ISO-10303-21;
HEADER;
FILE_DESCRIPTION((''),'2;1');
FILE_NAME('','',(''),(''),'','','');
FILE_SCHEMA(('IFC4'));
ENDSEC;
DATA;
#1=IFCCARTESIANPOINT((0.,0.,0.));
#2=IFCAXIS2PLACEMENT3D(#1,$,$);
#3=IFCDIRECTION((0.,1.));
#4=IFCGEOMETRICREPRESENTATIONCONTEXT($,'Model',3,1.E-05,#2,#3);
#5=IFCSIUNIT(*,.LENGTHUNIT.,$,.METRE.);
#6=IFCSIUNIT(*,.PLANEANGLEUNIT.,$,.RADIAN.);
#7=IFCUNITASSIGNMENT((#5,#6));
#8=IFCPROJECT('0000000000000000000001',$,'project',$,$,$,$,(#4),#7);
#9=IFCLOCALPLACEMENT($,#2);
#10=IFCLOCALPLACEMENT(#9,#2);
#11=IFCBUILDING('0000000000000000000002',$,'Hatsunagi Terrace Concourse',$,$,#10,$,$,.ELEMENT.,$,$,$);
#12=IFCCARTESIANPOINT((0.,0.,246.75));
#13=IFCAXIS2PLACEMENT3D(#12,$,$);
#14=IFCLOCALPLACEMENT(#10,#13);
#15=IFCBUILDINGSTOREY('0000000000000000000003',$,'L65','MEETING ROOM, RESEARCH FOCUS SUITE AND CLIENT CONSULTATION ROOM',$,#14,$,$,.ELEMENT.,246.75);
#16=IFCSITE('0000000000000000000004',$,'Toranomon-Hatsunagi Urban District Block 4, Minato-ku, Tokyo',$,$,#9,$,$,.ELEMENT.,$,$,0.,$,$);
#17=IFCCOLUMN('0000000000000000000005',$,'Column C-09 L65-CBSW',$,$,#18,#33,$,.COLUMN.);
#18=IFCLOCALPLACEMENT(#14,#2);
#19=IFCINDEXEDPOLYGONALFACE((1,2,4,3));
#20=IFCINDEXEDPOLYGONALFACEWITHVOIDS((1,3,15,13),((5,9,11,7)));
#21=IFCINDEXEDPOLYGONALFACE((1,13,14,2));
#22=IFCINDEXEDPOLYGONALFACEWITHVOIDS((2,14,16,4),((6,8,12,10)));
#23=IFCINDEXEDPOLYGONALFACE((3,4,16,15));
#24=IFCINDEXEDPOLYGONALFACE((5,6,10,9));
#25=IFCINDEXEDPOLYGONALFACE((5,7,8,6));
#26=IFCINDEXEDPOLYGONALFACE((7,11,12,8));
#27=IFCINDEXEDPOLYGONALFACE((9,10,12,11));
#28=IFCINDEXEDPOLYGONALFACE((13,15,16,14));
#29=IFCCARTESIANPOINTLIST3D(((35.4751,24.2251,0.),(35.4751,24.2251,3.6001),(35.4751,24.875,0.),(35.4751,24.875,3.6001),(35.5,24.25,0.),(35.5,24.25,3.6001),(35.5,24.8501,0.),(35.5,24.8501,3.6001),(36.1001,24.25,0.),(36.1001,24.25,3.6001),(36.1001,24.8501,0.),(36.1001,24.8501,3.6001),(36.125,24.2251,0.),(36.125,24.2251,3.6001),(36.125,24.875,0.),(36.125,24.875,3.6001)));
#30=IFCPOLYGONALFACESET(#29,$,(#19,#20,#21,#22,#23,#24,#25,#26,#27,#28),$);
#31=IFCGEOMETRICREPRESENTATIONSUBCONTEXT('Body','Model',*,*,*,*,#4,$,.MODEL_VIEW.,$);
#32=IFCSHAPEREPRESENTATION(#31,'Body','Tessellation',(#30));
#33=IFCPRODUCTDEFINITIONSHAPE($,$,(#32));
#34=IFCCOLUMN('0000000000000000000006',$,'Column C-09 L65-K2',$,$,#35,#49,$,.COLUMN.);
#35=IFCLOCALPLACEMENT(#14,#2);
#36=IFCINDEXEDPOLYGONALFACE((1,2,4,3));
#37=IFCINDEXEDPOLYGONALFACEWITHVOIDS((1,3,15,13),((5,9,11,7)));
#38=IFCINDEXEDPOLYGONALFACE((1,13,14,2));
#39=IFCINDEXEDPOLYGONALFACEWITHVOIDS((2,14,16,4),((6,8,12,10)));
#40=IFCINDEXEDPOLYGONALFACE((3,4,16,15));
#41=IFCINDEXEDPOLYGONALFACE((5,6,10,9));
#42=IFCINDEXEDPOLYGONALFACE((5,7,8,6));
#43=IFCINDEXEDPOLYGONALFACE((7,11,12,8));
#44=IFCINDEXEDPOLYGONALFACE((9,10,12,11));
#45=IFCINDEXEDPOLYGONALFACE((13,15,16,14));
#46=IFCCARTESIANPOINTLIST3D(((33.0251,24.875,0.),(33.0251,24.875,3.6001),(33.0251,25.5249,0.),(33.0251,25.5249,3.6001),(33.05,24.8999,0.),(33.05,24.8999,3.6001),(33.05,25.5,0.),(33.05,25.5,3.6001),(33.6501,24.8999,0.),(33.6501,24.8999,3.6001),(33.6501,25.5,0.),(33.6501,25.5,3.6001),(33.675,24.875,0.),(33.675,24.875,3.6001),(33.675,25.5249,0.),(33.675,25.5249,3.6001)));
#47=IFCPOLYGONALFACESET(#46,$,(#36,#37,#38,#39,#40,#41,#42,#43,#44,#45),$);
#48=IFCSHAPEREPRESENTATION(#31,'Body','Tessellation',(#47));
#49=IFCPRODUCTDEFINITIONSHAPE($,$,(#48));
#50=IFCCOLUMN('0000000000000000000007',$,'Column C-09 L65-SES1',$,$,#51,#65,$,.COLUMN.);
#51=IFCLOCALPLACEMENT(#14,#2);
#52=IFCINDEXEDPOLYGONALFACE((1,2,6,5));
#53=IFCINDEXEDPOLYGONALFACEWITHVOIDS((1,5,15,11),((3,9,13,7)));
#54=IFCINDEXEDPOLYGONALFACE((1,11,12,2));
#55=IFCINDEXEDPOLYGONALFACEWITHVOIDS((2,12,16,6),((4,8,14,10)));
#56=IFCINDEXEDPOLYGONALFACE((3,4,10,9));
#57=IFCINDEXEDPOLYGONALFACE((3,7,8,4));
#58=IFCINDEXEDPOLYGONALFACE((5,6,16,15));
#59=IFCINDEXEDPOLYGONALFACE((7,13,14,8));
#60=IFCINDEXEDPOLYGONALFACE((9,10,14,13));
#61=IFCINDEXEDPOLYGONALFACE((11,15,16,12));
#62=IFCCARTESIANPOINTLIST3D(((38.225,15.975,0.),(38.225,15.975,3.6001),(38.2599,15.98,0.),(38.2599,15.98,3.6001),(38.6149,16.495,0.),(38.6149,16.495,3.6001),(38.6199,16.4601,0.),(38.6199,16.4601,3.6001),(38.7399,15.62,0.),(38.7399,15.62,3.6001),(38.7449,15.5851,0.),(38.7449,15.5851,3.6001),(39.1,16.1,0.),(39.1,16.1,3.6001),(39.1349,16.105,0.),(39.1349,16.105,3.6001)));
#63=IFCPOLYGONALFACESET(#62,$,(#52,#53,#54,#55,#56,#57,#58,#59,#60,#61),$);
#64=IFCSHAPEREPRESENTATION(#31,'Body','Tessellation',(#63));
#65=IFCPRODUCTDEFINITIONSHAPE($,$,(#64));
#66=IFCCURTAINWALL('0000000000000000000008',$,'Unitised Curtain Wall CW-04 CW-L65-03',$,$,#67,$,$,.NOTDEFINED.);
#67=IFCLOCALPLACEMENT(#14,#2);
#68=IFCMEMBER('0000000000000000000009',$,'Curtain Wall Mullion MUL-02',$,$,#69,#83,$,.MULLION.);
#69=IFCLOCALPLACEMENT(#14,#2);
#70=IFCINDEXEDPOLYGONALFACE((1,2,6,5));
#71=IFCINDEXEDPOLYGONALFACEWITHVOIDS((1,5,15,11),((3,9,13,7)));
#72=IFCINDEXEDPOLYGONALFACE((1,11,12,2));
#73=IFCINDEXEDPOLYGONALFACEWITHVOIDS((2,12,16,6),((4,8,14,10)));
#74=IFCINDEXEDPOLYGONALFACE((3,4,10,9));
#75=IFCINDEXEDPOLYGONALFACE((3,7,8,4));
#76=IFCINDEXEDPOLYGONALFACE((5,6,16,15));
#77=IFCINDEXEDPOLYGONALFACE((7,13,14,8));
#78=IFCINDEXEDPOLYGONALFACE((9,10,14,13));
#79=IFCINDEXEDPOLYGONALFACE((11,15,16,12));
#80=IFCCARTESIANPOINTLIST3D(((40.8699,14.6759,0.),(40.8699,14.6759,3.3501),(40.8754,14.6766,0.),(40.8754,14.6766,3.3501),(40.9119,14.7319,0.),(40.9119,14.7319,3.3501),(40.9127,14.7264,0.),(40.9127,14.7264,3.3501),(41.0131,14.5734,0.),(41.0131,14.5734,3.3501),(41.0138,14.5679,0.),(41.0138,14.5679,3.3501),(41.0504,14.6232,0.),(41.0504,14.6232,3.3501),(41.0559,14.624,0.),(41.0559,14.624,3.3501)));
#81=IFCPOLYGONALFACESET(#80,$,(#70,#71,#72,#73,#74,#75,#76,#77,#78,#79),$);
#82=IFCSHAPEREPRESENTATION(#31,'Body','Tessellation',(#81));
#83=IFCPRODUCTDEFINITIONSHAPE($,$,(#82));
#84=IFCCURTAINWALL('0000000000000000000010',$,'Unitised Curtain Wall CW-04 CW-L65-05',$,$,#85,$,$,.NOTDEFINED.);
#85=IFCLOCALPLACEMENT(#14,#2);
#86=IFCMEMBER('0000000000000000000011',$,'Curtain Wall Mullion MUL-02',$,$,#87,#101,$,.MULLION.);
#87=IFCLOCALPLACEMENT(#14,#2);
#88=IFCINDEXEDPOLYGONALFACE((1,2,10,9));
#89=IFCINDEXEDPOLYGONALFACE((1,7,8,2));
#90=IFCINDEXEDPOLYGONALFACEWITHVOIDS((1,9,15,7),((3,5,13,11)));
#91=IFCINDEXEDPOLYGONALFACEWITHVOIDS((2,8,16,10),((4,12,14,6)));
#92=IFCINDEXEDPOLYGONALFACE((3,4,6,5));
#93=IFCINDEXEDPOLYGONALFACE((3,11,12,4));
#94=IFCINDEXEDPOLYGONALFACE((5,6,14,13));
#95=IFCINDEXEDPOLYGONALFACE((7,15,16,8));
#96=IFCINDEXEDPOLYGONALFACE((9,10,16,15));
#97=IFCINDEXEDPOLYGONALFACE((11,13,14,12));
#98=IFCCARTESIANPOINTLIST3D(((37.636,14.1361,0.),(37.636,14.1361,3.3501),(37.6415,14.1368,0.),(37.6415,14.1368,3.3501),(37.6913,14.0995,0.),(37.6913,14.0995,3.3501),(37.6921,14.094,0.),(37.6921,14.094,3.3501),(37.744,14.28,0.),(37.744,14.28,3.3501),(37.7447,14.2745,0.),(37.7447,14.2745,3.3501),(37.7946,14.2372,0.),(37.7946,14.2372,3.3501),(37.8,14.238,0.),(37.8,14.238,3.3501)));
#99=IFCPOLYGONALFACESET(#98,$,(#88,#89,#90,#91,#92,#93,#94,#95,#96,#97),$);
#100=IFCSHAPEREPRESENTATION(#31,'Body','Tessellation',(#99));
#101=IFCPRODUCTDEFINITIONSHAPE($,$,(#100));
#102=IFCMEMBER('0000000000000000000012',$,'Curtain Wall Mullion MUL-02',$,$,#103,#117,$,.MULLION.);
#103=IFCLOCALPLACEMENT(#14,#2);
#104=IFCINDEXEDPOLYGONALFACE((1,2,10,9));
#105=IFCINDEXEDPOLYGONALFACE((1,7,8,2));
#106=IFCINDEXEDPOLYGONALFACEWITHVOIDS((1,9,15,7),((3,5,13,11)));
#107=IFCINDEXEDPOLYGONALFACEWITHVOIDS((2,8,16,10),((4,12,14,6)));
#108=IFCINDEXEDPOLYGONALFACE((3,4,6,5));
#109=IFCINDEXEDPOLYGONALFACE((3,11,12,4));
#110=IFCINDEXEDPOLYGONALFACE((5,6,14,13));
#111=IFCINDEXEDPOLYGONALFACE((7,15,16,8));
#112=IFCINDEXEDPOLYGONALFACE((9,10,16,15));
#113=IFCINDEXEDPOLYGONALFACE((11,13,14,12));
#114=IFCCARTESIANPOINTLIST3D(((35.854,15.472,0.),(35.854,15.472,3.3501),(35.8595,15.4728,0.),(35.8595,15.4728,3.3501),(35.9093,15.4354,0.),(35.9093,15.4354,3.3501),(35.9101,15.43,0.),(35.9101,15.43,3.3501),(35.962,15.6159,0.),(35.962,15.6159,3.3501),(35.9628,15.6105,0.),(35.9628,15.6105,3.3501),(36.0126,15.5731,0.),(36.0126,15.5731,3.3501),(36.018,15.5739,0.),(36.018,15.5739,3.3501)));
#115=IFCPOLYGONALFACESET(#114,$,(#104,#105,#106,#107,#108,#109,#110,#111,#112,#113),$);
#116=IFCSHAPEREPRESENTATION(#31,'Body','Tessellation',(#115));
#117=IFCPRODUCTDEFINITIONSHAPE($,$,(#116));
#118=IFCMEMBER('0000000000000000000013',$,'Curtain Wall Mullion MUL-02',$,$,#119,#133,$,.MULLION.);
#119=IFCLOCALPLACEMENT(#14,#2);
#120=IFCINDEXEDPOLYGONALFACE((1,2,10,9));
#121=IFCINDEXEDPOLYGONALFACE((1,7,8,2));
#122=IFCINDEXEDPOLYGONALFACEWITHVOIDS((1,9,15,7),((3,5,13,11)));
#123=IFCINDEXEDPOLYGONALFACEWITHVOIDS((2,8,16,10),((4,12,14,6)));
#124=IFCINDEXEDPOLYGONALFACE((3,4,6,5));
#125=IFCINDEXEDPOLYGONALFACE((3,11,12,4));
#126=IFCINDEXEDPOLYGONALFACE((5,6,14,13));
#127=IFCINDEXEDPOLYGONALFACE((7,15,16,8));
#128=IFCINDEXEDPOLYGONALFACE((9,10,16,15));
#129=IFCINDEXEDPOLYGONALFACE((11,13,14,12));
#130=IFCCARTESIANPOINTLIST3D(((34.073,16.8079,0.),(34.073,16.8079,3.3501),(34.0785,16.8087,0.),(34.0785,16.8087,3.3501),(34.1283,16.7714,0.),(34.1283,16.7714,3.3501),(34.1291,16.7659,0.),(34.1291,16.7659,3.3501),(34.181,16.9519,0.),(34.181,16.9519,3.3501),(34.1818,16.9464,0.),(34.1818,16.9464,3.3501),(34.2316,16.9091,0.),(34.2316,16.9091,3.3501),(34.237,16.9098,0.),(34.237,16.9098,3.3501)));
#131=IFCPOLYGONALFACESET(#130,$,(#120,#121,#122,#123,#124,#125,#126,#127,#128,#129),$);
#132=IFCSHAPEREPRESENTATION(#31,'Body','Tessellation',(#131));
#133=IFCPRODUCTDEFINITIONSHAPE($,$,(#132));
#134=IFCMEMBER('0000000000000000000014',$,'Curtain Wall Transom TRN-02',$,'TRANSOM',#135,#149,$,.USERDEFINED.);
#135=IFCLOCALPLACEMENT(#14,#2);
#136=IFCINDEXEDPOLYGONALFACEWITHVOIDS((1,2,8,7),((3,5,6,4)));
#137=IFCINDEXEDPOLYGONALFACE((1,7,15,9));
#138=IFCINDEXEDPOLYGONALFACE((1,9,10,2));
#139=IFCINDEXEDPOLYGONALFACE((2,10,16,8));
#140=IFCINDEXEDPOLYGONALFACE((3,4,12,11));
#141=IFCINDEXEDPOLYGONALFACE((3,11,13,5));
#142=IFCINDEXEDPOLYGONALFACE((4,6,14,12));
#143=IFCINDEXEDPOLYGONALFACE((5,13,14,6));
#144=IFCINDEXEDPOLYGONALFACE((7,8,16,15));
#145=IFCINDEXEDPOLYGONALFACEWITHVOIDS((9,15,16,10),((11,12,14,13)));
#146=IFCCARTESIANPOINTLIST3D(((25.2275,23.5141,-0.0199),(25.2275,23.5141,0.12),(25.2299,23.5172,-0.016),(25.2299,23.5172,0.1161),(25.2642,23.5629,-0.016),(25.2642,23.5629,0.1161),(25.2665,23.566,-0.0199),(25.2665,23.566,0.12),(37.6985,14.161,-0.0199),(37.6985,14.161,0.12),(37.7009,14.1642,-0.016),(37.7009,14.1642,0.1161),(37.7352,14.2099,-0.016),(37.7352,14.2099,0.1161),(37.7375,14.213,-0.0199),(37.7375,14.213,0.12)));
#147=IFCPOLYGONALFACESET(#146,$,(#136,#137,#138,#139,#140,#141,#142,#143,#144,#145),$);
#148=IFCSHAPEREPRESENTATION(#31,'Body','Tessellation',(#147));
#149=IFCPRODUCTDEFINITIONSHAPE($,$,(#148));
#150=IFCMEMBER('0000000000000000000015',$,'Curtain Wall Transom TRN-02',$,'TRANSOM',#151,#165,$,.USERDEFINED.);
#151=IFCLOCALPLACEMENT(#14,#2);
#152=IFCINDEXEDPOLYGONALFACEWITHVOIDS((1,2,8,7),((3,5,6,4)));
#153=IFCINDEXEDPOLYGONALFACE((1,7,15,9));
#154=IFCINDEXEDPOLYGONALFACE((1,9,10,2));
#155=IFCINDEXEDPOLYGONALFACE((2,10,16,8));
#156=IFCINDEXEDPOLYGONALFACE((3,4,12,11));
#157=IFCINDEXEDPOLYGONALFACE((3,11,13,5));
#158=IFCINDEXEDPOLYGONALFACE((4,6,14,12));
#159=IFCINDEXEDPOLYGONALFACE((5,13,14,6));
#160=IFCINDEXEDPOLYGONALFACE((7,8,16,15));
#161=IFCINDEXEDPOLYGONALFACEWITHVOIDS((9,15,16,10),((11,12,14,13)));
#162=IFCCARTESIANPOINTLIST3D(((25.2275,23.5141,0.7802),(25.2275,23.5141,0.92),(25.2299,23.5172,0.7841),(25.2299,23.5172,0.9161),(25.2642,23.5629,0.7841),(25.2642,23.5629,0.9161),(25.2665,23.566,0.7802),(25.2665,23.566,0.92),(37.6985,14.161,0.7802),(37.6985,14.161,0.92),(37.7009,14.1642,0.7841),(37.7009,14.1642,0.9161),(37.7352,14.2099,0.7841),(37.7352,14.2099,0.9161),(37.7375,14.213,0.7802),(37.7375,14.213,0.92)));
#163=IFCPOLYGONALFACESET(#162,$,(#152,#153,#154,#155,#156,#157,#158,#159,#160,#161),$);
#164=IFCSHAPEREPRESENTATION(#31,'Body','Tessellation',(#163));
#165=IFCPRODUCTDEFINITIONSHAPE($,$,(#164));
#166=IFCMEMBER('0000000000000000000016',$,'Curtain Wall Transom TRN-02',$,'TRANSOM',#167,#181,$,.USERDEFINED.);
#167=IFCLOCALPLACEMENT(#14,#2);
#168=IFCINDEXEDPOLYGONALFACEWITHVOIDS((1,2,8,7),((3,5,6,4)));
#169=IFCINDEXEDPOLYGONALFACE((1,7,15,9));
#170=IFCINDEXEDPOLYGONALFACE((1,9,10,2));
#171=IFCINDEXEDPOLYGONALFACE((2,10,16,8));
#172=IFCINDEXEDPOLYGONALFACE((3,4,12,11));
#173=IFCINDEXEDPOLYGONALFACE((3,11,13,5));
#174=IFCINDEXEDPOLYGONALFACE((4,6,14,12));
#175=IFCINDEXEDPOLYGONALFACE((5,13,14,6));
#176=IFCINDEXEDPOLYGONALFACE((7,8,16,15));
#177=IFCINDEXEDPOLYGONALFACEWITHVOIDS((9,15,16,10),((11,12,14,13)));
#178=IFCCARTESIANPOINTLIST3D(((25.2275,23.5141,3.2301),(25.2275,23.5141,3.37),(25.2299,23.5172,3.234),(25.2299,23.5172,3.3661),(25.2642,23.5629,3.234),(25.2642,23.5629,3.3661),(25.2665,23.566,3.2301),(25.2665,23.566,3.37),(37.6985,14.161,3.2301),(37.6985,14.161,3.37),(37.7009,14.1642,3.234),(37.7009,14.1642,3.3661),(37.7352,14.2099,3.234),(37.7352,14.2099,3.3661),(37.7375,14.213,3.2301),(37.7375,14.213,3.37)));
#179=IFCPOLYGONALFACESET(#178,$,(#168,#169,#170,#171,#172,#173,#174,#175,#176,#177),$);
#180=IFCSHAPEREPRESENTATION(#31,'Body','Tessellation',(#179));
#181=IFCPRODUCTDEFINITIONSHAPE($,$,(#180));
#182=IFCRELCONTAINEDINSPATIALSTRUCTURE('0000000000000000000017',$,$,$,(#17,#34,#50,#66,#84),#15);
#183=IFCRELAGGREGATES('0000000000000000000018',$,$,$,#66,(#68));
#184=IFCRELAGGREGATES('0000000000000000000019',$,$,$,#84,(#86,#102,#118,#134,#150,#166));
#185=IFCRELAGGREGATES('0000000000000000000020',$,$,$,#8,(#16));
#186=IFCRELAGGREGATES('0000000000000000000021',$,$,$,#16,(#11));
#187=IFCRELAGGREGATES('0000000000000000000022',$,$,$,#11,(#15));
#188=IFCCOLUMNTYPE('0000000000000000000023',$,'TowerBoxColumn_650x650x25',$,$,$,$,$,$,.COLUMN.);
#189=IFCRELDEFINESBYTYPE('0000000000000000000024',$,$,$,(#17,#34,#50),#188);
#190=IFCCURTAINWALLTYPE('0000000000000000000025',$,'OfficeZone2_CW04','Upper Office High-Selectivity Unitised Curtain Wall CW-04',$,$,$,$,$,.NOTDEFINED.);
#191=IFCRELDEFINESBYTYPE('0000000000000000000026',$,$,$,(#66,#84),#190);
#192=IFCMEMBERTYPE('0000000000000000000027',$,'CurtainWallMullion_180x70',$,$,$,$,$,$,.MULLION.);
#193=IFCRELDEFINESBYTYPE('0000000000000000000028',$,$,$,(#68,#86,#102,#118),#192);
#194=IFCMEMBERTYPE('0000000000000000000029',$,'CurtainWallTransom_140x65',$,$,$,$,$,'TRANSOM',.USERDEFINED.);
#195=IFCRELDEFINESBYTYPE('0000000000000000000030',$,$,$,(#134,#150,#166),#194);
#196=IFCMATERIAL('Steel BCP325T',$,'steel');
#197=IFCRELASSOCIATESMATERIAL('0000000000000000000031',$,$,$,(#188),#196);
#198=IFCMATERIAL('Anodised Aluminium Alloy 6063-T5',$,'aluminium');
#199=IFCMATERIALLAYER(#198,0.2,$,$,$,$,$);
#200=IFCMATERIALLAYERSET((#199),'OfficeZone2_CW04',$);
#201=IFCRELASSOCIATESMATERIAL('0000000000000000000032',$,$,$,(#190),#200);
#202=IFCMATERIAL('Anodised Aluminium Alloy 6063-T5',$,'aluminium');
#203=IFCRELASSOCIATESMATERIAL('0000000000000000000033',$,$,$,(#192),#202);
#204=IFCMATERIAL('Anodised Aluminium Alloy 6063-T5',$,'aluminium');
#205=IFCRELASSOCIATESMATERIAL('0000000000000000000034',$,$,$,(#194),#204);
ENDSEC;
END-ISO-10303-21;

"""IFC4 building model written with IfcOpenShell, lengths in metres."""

from ifc_helpers import new_model, si_unit, direction, frame, origin, origin_2d, place, context, subcontext, project, spatial, hollow_rectangle, extrude, material, layer, layer_set, material_profile, profile_set, type_object, element, aggregate, save


model = new_model("IFC4")

# Units and contexts
model_context = context("Model", 3, precision=1e-05, world=origin(), true_north=direction((0.0, 1.0)))
body_context = subcontext(model_context, "Body", "Model", "MODEL_VIEW")
ifc_project = project(units=[si_unit("LENGTHUNIT", "METRE"), si_unit("PLANEANGLEUNIT", "RADIAN")], contexts=[model_context])

# Site, building, storey
site_placement = place(None, origin())
site = spatial("IfcSite", under=ifc_project, at=site_placement, Name="Toranomon-Hatsunagi Urban District Block 4, Minato-ku, Tokyo", CompositionType="ELEMENT", RefElevation=0.0)
building_placement = place(site_placement, origin())
building = spatial("IfcBuilding", under=site, at=building_placement, Name="Hatsunagi Terrace Concourse", CompositionType="ELEMENT")
storey_placement = place(building_placement, frame((0.0, 0.0, 246.75)))
storey = spatial("IfcBuildingStorey", under=building, at=storey_placement, Name="L65", Description="MEETING ROOM, RESEARCH FOCUS SUITE AND CLIENT CONSULTATION ROOM", CompositionType="ELEMENT", Elevation=246.75)

# Columns
ifc_material_1 = material(Name="Steel BCP325T", Category="steel")
ifc_material_profile_1 = material_profile(ifc_material_1, hollow_rectangle(XDim=0.6499, YDim=0.6499, WallThickness=0.0249, at=origin_2d()), Name="BCP-650x650x25")
ifc_profile_set_1 = profile_set([ifc_material_profile_1], Name="Steel BCP325T")
column_type = type_object("IfcColumnType", Name="TowerBoxColumn_650x650x25", PredefinedType="COLUMN", material=ifc_profile_set_1)
for number, where, z_axis, x_axis, name in (
    (1, (35.8, 24.55, 0.0), (0.0, 0.0, 1.0), (1.0, 0.0, 0.0), "Column C-09 L65-CBSW"),
    (2, (33.3501, 25.2, 0.0), (0.0, 0.0, 1.0), (1.0, 0.0, 0.0), "Column C-09 L65-K2"),
    (3, (38.6799, 16.04, 0.0), (0.0, 0.0, 1.0), (0.8, -0.6, 0.0), "Column C-09 L65-SES1"),
):
    element("IfcColumn", number, at=place(storey_placement, frame(where, z_axis=z_axis, x_axis=x_axis)), inside=storey, type_object=column_type, Name=name, PredefinedType="COLUMN", context=body_context, shape_type="SweptSolid", body=[
        extrude(hollow_rectangle(XDim=0.6499, YDim=0.6499, WallThickness=0.0249, at=origin_2d()), origin(), (0.0, 0.0, 1.0), 3.6001),
    ])

# Curtain wall, member
ifc_material_2 = material(Name="Anodised Aluminium Alloy 6063-T5", Category="aluminium")
ifc_layer_1 = layer(ifc_material_2, 0.2)
ifc_layer_set_1 = layer_set([ifc_layer_1], Name="OfficeZone2_CW04")
curtain_wall_type = type_object("IfcCurtainWallType", Name="OfficeZone2_CW04", Description="Upper Office High-Selectivity Unitised Curtain Wall CW-04", PredefinedType="NOTDEFINED", material=ifc_layer_set_1)
curtain_wall_1_placement = place(storey_placement, origin())
curtain_wall_1 = element("IfcCurtainWall", 4, at=curtain_wall_1_placement, inside=storey, type_object=curtain_wall_type, Name="Unitised Curtain Wall CW-04 CW-L65-03", PredefinedType="NOTDEFINED")
ifc_material_3 = material(Name="Anodised Aluminium Alloy 6063-T5", Category="aluminium")
ifc_material_profile_2 = material_profile(ifc_material_3, hollow_rectangle(XDim=0.0701, YDim=0.1799, WallThickness=0.0039, at=origin_2d()), Name="ALU-MUL-180x70x4")
ifc_profile_set_2 = profile_set([ifc_material_profile_2], Name="Anodised Aluminium Alloy 6063-T5")
member_type_1 = type_object("IfcMemberType", Name="CurtainWallMullion_180x70", PredefinedType="MULLION", material=ifc_profile_set_2)
member_1_placement = place(storey_placement, frame((40.9629, 14.6499, 0.0), z_axis=(0.0, 0.0, 1.0), x_axis=(-0.599969, -0.800023, 0.0)))
member_1 = element("IfcMember", 5, at=member_1_placement, type_object=member_type_1, Name="Curtain Wall Mullion MUL-02", PredefinedType="MULLION", context=body_context, shape_type="SweptSolid", body=[
    extrude(hollow_rectangle(XDim=0.0701, YDim=0.1799, WallThickness=0.0039, at=origin_2d()), origin(), (0.0, 0.0, 1.0), 3.3501),
])

# Curtain wall, members
curtain_wall_2_placement = place(storey_placement, origin())
curtain_wall_2 = element("IfcCurtainWall", 6, at=curtain_wall_2_placement, inside=storey, type_object=curtain_wall_type, Name="Unitised Curtain Wall CW-04 CW-L65-05", PredefinedType="NOTDEFINED")
member_2_placement = place(storey_placement, frame((37.718, 14.187, 0.0), z_axis=(0.0, 0.0, 1.0), x_axis=(-0.800007, 0.59999, 0.0)))
member_2 = element("IfcMember", 7, at=member_2_placement, type_object=member_type_1, Name="Curtain Wall Mullion MUL-02", PredefinedType="MULLION", context=body_context, shape_type="SweptSolid", body=[
    extrude(hollow_rectangle(XDim=0.0701, YDim=0.1799, WallThickness=0.0039, at=origin_2d()), origin(), (0.0, 0.0, 1.0), 3.3501),
])
member_3_placement = place(storey_placement, frame((35.936, 15.5229, 0.0), z_axis=(0.0, 0.0, 1.0), x_axis=(-0.800007, 0.59999, 0.0)))
member_3 = element("IfcMember", 8, at=member_3_placement, type_object=member_type_1, Name="Curtain Wall Mullion MUL-02", PredefinedType="MULLION", context=body_context, shape_type="SweptSolid", body=[
    extrude(hollow_rectangle(XDim=0.0701, YDim=0.1799, WallThickness=0.0039, at=origin_2d()), origin(), (0.0, 0.0, 1.0), 3.3501),
])
member_4_placement = place(storey_placement, frame((34.155, 16.8589, 0.0), z_axis=(0.0, 0.0, 1.0), x_axis=(-0.800007, 0.59999, 0.0)))
member_4 = element("IfcMember", 9, at=member_4_placement, type_object=member_type_1, Name="Curtain Wall Mullion MUL-02", PredefinedType="MULLION", context=body_context, shape_type="SweptSolid", body=[
    extrude(hollow_rectangle(XDim=0.0701, YDim=0.1799, WallThickness=0.0039, at=origin_2d()), origin(), (0.0, 0.0, 1.0), 3.3501),
])
ifc_material_4 = material(Name="Anodised Aluminium Alloy 6063-T5", Category="aluminium")
ifc_material_profile_3 = material_profile(ifc_material_4, hollow_rectangle(XDim=0.0649, YDim=0.1399, WallThickness=0.0039, at=origin_2d()), Name="ALU-TRN-140x65x4")
ifc_profile_set_3 = profile_set([ifc_material_profile_3], Name="Anodised Aluminium Alloy 6063-T5")
member_type_2 = type_object("IfcMemberType", Name="CurtainWallTransom_140x65", ElementType="TRANSOM", PredefinedType="USERDEFINED", material=ifc_profile_set_3)
member_5_placement = place(storey_placement, frame((37.718, 14.187, 0.05), z_axis=(-0.800006, 0.599992, 0.0), x_axis=(-0.599992, -0.800006, 0.0)))
member_5 = element("IfcMember", 10, at=member_5_placement, type_object=member_type_2, Name="Curtain Wall Transom TRN-02", ObjectType="TRANSOM", PredefinedType="USERDEFINED", context=body_context, shape_type="SweptSolid", body=[
    extrude(hollow_rectangle(XDim=0.0649, YDim=0.1399, WallThickness=0.0039, at=origin_2d()), origin(), (0.0, 0.0, 1.0), 15.5886),
])
member_6_placement = place(storey_placement, frame((37.718, 14.187, 0.8501), z_axis=(-0.800006, 0.599992, 0.0), x_axis=(-0.599992, -0.800006, 0.0)))
member_6 = element("IfcMember", 11, at=member_6_placement, type_object=member_type_2, Name="Curtain Wall Transom TRN-02", ObjectType="TRANSOM", PredefinedType="USERDEFINED", context=body_context, shape_type="SweptSolid", body=[
    extrude(hollow_rectangle(XDim=0.0649, YDim=0.1399, WallThickness=0.0039, at=origin_2d()), origin(), (0.0, 0.0, 1.0), 15.5886),
])
member_7_placement = place(storey_placement, frame((37.718, 14.187, 3.3), z_axis=(-0.800006, 0.599992, 0.0), x_axis=(-0.599992, -0.800006, 0.0)))
member_7 = element("IfcMember", 12, at=member_7_placement, type_object=member_type_2, Name="Curtain Wall Transom TRN-02", ObjectType="TRANSOM", PredefinedType="USERDEFINED", context=body_context, shape_type="SweptSolid", body=[
    extrude(hollow_rectangle(XDim=0.0649, YDim=0.1399, WallThickness=0.0039, at=origin_2d()), origin(), (0.0, 0.0, 1.0), 15.5886),
])

aggregate(curtain_wall_1, [member_1])
aggregate(curtain_wall_2, [member_2, member_3, member_4, member_5, member_6, member_7])

save(model, "model.ifc")
